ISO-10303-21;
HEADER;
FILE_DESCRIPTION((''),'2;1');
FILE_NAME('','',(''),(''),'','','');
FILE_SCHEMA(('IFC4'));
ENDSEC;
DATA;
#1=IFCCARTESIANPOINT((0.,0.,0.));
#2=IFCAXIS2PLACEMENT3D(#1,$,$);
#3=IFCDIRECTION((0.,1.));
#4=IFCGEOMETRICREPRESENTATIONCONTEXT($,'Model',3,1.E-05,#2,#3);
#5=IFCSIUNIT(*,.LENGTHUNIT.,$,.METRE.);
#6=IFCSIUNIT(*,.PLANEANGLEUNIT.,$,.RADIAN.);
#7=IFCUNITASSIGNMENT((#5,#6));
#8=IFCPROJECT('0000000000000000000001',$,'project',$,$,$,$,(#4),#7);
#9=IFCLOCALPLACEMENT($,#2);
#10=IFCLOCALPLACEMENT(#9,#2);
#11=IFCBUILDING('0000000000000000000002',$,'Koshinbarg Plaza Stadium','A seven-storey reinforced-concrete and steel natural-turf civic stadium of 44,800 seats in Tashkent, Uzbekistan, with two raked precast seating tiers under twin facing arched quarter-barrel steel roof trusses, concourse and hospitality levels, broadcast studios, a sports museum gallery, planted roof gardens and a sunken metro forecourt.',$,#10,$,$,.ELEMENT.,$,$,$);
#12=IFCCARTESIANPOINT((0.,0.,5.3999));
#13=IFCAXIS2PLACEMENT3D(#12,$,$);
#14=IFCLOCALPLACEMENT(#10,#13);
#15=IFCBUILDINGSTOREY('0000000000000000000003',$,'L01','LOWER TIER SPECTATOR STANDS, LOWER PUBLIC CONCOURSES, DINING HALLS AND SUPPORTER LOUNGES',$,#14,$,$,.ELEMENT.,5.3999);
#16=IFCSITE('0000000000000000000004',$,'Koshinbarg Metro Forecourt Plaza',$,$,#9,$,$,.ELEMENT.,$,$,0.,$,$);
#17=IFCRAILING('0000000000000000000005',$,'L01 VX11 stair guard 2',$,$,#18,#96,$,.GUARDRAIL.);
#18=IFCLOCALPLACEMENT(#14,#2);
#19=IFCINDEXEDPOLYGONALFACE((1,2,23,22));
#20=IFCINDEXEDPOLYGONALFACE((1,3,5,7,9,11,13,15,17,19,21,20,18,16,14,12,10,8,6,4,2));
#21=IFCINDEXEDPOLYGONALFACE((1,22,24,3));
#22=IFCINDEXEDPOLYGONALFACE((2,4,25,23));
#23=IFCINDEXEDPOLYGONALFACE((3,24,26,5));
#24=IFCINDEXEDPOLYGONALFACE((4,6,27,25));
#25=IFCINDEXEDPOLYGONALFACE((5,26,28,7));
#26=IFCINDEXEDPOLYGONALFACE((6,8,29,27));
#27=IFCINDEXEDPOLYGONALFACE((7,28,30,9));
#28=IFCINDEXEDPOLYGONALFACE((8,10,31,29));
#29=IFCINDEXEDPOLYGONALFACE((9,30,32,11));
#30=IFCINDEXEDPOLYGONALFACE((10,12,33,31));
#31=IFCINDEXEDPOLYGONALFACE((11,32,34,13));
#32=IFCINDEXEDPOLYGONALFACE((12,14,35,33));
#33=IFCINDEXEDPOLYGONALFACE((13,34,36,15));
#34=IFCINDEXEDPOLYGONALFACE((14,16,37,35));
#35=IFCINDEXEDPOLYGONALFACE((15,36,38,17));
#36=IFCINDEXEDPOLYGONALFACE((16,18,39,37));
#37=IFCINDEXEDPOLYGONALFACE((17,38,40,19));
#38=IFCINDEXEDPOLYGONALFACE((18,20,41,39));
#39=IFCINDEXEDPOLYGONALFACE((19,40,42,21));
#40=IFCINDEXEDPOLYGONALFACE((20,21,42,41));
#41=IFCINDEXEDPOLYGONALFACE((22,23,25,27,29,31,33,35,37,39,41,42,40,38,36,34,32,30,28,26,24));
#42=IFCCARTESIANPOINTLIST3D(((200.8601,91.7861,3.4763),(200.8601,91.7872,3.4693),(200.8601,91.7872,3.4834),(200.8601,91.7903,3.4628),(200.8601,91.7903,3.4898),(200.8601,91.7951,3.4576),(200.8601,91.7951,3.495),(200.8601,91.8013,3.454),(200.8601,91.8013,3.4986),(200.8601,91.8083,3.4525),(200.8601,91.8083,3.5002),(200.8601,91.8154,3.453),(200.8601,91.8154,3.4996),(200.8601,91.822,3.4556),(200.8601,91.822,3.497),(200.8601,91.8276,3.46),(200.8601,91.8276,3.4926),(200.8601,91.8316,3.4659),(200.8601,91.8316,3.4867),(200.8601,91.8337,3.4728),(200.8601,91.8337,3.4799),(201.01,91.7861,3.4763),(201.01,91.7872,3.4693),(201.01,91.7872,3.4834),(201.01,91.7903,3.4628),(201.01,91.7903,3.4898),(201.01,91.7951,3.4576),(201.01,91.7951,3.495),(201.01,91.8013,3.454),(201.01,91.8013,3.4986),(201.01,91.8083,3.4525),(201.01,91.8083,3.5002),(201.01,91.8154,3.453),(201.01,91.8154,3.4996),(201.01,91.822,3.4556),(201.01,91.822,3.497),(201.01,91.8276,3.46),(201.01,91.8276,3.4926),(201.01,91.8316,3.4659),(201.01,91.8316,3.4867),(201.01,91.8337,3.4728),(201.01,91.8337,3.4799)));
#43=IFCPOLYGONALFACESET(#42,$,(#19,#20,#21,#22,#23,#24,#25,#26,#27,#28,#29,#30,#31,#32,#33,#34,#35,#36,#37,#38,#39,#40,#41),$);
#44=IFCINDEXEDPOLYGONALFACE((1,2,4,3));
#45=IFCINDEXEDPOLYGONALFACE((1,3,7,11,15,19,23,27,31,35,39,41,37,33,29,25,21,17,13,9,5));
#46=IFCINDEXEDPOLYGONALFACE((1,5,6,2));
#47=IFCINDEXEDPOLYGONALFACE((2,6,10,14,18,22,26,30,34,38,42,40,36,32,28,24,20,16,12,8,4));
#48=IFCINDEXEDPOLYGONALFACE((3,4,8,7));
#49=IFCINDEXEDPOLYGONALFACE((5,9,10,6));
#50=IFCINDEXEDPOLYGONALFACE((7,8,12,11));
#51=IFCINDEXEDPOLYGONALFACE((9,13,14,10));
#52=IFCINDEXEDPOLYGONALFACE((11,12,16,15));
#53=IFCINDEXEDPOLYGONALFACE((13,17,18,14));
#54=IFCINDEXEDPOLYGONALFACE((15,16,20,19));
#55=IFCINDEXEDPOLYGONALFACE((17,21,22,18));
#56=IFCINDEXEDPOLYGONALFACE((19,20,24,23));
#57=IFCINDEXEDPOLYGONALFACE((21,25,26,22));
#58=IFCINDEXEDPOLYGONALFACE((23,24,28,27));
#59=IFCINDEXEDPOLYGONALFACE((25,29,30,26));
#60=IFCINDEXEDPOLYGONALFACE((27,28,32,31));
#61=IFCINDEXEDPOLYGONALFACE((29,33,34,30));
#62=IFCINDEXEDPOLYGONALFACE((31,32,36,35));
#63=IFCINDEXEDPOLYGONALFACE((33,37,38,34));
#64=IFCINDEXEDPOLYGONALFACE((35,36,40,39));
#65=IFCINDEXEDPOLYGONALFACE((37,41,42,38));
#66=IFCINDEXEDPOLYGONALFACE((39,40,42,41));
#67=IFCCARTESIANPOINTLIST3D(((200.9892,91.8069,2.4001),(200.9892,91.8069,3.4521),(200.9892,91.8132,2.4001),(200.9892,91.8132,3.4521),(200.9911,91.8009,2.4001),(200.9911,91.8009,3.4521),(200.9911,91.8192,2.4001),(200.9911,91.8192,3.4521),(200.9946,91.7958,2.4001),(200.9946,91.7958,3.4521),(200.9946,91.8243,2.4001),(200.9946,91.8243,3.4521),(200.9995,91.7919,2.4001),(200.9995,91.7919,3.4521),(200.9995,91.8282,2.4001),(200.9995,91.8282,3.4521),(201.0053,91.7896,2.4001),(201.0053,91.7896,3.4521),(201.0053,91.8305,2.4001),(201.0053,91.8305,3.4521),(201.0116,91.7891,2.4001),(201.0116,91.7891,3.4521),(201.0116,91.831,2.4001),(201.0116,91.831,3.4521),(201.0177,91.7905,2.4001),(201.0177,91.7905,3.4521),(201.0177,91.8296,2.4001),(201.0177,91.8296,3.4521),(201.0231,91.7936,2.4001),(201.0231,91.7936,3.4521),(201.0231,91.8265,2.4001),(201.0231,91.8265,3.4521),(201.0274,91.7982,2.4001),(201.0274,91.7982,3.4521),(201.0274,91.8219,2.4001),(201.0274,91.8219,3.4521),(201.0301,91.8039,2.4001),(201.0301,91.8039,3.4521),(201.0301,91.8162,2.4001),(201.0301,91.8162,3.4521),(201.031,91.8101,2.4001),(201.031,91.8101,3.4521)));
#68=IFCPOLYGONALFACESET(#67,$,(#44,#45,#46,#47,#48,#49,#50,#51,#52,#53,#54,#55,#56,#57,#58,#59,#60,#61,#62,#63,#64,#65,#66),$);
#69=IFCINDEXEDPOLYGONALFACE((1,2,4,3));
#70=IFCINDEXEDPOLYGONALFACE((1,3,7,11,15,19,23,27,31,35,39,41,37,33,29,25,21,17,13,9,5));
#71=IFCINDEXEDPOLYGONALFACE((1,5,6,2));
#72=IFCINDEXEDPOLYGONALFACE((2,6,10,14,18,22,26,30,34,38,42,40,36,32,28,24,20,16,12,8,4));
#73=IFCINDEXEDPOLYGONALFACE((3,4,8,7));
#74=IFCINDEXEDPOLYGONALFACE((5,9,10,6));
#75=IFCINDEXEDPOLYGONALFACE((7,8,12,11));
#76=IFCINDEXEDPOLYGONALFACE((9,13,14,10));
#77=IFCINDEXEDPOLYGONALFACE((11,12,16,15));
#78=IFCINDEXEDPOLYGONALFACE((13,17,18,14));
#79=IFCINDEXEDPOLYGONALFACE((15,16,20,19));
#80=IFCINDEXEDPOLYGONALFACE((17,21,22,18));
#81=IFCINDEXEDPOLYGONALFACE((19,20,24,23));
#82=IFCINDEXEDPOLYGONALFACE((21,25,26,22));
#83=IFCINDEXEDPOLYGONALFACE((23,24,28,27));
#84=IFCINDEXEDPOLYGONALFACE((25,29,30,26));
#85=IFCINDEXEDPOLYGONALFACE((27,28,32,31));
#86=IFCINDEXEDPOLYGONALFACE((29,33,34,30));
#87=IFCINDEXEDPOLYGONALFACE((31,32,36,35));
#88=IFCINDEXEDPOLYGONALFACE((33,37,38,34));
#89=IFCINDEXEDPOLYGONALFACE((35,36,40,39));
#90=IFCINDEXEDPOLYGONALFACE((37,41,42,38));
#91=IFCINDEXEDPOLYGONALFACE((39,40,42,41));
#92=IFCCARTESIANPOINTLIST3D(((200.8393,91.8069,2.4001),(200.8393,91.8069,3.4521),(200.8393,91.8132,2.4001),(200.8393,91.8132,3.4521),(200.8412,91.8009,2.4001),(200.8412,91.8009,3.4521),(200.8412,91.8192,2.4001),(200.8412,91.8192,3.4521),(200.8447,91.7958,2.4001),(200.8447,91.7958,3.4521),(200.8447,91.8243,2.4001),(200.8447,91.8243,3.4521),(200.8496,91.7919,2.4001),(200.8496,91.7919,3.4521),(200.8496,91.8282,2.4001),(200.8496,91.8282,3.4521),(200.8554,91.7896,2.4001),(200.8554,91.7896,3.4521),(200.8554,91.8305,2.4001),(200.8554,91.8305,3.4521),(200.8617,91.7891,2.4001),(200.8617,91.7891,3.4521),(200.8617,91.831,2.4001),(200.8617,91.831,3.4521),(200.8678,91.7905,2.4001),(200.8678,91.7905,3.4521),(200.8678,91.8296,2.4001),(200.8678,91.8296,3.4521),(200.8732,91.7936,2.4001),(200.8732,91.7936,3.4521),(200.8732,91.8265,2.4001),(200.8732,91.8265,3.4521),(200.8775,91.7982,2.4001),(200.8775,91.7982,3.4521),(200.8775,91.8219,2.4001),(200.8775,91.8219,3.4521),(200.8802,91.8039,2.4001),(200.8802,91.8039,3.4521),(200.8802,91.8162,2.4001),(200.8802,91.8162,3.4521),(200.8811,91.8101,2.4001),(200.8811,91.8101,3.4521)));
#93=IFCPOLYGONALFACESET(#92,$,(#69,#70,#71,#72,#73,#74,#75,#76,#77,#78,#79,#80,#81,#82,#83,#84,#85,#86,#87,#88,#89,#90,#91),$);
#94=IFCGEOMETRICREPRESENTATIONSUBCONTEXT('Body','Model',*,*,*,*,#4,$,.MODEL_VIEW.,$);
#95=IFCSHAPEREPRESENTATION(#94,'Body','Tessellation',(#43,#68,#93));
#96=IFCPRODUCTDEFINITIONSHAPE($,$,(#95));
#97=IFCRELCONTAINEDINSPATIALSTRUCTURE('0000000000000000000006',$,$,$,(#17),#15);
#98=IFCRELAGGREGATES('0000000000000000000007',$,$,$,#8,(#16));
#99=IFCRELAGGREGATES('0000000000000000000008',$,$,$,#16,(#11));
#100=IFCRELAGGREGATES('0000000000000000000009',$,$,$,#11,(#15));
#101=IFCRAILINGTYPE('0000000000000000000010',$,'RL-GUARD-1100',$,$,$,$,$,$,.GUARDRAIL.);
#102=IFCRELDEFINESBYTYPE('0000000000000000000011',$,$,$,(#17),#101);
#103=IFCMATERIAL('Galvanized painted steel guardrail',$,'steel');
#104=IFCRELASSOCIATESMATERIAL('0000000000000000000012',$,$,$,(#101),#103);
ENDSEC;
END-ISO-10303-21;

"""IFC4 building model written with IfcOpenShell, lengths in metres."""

from ifc_helpers import new_model, si_unit, direction, frame, origin, origin_2d, place, context, subcontext, project, spatial, circle, extrude, material, type_object, element, save


model = new_model("IFC4")

# Units and contexts
model_context = context("Model", 3, precision=1e-05, world=origin(), true_north=direction((0.0, 1.0)))
body_context = subcontext(model_context, "Body", "Model", "MODEL_VIEW")
ifc_project = project(units=[si_unit("LENGTHUNIT", "METRE"), si_unit("PLANEANGLEUNIT", "RADIAN")], contexts=[model_context])

# Site, building, storey
site_placement = place(None, origin())
site = spatial("IfcSite", under=ifc_project, at=site_placement, Name="Koshinbarg Metro Forecourt Plaza", CompositionType="ELEMENT", RefElevation=0.0)
building_placement = place(site_placement, origin())
building = spatial("IfcBuilding", under=site, at=building_placement, Name="Koshinbarg Plaza Stadium", Description="A seven-storey reinforced-concrete and steel natural-turf civic stadium of 44,800 seats in Tashkent, Uzbekistan, with two raked precast seating tiers under twin facing arched quarter-barrel steel roof trusses, concourse and hospitality levels, broadcast studios, a sports museum gallery, planted roof gardens and a sunken metro forecourt.", CompositionType="ELEMENT")
storey_placement = place(building_placement, frame((0.0, 0.0, 5.3999)))
storey = spatial("IfcBuildingStorey", under=building, at=storey_placement, Name="L01", Description="LOWER TIER SPECTATOR STANDS, LOWER PUBLIC CONCOURSES, DINING HALLS AND SUPPORTER LOUNGES", CompositionType="ELEMENT", Elevation=5.3999)

# Railing
ifc_material_1 = material(Name="Galvanized painted steel guardrail", Category="steel")
railing_type_1 = type_object("IfcRailingType", Name="RL-GUARD-1100", PredefinedType="GUARDRAIL", material=ifc_material_1)
railing_1_placement = place(storey_placement, frame((201.01, 91.8101, 2.4001)))
element("IfcRailing", 1, at=railing_1_placement, inside=storey, type_object=railing_type_1, Name="L01 VX11 stair guard 2", PredefinedType="GUARDRAIL", context=body_context, shape_type="SweptSolid", body=[
    extrude(circle(Radius=0.0239, at=origin_2d()), frame((0.0, 0.0, 1.0762), z_axis=(-1.0, 0.0, 0.0), x_axis=(0.0, -1.0, 0.0)), (0.0, 0.0, 1.0), 0.1499),
    extrude(circle(Radius=0.021, at=origin_2d()), origin(), (0.0, 0.0, 1.0), 1.052),
    extrude(circle(Radius=0.021, at=origin_2d()), frame((-0.1499, 0.0, 0.0)), (0.0, 0.0, 1.0), 1.052),
])

save(model, "model.ifc")
